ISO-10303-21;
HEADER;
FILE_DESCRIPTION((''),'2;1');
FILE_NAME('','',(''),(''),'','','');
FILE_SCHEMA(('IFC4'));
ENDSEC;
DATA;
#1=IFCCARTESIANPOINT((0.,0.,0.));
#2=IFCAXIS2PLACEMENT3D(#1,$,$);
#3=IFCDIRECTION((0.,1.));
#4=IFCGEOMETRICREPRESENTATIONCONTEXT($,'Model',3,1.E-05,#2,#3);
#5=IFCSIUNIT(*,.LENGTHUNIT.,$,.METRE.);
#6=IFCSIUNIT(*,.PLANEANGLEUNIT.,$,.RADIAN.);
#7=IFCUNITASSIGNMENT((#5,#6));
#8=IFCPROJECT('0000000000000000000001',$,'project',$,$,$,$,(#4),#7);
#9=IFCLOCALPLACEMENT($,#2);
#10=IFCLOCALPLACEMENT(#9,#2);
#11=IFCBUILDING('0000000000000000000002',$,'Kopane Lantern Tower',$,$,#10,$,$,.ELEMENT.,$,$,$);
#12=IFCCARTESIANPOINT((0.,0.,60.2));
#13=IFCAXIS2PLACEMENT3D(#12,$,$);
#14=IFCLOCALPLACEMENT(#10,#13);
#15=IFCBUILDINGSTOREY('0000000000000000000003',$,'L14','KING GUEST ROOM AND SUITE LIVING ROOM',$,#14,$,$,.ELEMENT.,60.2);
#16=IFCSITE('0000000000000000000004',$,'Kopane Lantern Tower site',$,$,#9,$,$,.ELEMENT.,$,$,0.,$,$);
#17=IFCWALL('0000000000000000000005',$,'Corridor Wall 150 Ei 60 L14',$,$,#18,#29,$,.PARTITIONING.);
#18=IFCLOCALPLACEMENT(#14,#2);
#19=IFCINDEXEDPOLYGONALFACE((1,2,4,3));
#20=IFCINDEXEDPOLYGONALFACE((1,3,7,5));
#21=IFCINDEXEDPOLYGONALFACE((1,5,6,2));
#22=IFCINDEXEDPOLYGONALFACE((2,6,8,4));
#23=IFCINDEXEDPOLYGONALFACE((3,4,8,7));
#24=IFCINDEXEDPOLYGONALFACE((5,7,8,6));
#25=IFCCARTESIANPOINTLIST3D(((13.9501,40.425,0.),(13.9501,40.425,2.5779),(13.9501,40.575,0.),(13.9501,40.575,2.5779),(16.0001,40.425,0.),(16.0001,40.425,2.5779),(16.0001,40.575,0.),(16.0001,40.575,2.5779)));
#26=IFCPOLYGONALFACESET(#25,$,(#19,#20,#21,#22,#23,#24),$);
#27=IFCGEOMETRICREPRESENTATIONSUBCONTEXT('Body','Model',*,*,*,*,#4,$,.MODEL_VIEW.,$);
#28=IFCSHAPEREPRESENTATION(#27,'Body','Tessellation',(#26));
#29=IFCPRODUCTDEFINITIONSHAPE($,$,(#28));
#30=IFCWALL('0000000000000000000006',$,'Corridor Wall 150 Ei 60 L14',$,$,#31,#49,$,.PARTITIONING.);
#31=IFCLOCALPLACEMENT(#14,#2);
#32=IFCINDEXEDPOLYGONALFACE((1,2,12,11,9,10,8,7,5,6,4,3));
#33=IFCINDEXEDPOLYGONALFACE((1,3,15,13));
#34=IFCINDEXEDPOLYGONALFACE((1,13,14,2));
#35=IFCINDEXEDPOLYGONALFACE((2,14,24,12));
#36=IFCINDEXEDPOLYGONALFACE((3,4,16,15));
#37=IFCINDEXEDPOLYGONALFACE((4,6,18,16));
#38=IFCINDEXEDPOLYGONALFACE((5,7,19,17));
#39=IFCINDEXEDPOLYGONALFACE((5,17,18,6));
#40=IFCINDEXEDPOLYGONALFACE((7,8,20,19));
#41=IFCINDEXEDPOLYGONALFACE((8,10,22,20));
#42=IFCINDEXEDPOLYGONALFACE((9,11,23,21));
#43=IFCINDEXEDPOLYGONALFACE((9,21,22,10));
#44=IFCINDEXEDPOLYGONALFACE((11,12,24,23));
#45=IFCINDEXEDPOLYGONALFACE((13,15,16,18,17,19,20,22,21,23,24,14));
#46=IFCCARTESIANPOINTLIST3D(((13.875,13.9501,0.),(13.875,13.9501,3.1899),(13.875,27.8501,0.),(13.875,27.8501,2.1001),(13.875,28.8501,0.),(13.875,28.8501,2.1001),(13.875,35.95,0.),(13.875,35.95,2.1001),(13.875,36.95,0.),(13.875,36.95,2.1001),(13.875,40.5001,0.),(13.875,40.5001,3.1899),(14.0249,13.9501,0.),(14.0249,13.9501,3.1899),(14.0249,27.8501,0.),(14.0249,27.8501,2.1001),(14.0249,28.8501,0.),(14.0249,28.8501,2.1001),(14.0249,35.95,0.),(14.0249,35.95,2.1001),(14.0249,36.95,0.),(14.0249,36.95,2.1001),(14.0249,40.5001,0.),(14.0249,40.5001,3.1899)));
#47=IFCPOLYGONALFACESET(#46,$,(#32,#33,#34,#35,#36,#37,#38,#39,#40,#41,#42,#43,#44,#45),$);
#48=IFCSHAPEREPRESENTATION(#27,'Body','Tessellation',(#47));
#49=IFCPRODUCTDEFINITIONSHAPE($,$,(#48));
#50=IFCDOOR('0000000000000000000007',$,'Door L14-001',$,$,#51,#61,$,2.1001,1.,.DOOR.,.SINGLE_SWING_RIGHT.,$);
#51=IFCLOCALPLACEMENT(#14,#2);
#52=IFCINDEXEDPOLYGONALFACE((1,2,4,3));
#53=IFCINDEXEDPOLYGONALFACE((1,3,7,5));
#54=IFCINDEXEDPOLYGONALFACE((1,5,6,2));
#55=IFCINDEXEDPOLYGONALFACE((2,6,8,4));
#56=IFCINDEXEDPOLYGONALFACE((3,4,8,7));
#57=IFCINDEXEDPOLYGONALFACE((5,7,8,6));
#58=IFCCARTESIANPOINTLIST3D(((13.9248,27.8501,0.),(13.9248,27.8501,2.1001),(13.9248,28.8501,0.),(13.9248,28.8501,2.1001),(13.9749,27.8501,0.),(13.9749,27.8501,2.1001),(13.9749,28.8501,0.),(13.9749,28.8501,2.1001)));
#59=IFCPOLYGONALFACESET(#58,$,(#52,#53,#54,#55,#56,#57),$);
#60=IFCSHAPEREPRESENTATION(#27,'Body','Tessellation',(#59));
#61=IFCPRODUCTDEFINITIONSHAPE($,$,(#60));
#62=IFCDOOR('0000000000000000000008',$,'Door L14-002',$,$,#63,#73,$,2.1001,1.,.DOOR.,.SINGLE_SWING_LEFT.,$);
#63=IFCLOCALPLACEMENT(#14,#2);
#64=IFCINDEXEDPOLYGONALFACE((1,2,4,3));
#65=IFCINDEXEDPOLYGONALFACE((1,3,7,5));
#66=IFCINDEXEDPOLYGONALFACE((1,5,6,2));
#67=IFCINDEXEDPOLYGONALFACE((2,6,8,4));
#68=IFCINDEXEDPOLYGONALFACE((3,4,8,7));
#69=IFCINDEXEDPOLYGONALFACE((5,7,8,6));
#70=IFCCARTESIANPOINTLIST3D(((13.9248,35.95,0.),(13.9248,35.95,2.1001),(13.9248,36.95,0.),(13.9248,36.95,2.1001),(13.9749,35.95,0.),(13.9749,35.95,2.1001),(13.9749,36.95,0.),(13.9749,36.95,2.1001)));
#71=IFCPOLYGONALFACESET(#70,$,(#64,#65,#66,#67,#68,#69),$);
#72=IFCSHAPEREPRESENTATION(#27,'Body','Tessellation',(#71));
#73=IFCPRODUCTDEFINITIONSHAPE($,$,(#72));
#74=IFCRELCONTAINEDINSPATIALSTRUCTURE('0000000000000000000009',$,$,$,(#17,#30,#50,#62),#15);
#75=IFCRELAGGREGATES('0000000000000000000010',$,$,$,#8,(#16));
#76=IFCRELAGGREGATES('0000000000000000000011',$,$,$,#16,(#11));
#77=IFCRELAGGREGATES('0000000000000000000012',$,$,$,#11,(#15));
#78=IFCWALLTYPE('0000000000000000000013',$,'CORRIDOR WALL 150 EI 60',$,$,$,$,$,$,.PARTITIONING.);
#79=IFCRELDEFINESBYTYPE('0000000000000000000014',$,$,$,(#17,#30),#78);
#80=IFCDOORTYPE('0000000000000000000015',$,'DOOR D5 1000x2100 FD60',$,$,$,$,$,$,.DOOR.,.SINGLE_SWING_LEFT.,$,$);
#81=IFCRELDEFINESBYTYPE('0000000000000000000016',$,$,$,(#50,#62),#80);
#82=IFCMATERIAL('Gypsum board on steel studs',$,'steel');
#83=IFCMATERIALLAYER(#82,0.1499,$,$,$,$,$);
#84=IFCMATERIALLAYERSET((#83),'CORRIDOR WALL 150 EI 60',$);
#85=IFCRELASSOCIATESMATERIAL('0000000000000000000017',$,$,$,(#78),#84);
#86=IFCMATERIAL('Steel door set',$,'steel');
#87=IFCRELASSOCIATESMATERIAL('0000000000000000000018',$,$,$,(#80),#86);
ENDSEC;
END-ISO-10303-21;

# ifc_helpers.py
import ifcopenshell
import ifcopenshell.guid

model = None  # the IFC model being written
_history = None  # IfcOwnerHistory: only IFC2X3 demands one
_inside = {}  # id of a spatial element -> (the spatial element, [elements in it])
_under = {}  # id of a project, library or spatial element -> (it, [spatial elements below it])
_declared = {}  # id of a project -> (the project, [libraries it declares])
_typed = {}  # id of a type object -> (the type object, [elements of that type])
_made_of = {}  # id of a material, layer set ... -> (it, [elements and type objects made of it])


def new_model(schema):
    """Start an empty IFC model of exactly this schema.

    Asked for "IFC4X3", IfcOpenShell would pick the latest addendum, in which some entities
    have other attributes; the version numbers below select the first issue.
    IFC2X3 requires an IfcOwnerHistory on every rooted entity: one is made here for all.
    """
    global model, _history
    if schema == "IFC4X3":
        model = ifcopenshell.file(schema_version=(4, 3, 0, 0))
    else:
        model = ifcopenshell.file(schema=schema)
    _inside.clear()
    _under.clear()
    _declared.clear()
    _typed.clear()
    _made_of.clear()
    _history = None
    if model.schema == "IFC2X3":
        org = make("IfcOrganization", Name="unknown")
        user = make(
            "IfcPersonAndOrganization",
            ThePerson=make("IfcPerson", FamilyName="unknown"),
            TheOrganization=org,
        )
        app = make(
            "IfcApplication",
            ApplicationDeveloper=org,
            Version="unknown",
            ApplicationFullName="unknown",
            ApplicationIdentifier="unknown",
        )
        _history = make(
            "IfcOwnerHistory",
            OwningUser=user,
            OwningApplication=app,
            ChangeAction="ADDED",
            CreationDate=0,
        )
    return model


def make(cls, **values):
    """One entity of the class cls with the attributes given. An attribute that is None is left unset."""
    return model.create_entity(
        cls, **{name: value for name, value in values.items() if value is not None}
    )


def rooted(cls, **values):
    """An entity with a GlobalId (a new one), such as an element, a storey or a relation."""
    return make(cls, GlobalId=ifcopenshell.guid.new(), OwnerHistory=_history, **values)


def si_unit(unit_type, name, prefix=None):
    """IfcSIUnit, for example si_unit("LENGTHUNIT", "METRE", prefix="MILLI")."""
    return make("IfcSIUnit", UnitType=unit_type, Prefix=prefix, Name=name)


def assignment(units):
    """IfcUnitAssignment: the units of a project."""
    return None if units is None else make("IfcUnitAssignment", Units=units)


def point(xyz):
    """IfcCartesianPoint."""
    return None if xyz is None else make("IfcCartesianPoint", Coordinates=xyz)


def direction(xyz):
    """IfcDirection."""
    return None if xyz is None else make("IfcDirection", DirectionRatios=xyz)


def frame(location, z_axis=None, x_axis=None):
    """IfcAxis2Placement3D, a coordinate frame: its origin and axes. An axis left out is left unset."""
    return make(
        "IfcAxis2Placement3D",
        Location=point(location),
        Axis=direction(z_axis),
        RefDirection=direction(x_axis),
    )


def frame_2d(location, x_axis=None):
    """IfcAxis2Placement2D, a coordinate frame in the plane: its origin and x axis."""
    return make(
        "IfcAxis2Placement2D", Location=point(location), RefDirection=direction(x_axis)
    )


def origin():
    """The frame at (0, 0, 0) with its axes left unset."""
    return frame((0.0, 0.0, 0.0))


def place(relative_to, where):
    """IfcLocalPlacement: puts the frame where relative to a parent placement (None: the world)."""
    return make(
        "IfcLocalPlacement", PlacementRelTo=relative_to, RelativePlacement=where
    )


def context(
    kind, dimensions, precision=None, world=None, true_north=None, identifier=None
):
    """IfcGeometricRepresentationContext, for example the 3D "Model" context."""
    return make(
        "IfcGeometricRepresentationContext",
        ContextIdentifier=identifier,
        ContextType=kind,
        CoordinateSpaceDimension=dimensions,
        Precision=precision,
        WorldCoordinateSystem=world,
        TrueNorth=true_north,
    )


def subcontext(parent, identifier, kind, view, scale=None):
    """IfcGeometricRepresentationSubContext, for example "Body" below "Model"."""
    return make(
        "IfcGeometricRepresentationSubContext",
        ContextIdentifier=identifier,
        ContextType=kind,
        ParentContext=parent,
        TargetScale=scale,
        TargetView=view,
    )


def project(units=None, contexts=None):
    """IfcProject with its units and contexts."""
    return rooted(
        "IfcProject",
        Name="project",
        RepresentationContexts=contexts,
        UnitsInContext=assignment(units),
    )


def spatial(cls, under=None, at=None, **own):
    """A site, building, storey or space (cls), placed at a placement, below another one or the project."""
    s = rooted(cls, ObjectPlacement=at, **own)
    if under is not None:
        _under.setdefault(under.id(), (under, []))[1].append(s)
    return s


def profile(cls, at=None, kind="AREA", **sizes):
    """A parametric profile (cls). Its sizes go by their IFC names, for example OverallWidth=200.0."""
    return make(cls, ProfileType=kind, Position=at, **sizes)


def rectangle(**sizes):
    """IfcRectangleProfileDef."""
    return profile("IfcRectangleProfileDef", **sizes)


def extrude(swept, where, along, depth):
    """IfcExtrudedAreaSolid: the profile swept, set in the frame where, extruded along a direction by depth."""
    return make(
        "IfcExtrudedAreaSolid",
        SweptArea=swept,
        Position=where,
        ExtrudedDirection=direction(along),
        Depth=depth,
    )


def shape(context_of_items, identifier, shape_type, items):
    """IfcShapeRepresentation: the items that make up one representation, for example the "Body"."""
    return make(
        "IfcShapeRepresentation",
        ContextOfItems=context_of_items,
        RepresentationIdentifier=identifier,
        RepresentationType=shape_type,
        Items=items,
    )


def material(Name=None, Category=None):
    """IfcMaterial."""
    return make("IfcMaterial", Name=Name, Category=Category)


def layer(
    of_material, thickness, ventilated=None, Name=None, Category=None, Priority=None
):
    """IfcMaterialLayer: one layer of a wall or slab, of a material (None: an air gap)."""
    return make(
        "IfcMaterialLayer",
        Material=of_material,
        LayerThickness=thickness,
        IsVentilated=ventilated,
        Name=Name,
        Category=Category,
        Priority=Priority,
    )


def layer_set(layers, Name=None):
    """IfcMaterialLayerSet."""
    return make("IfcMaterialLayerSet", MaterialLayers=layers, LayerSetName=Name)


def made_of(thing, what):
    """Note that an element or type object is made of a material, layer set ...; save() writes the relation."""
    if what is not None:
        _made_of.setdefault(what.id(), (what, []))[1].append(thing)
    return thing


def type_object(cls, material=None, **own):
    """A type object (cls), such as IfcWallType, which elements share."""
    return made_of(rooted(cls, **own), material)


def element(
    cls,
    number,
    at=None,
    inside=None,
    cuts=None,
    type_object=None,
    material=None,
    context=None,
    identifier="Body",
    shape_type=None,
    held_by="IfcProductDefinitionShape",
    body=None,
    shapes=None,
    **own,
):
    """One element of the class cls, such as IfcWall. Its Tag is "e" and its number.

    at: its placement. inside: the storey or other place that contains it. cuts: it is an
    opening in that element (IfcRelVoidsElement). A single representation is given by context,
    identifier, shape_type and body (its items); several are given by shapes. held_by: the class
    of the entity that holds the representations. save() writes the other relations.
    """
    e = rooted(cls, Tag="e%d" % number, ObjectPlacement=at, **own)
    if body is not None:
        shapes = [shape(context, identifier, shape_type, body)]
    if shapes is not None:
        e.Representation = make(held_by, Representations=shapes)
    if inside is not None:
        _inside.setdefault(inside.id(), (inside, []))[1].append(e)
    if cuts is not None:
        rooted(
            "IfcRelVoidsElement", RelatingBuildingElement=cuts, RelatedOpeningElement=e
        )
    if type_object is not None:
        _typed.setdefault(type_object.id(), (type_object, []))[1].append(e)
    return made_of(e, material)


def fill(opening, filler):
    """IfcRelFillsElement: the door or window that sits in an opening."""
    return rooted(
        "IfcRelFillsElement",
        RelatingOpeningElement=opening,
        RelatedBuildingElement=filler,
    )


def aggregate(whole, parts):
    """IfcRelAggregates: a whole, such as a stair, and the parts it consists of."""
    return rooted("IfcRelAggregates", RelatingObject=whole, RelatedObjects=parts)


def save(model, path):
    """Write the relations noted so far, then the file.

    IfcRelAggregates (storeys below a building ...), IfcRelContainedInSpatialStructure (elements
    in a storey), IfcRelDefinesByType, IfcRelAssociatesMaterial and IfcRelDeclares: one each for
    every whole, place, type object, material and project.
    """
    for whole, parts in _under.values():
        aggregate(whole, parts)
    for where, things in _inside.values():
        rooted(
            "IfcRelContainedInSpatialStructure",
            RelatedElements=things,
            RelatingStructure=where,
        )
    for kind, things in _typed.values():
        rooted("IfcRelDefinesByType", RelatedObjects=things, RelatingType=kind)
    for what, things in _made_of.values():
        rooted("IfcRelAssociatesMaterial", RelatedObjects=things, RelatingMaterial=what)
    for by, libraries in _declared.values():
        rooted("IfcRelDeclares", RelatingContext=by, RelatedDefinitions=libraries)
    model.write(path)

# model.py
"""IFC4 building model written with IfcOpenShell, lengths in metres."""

from ifc_helpers import new_model, si_unit, direction, frame, frame_2d, origin, place, context, subcontext, project, spatial, rectangle, extrude, material, layer, layer_set, type_object, element, fill, save


model = new_model("IFC4")

# Units and contexts
model_context = context("Model", 3, precision=1e-05, world=origin(), true_north=direction((0.0, 1.0)))
body_context = subcontext(model_context, "Body", "Model", "MODEL_VIEW")
ifc_project = project(units=[si_unit("LENGTHUNIT", "METRE"), si_unit("PLANEANGLEUNIT", "RADIAN")], contexts=[model_context])

# Site, building, storey
site_placement = place(None, origin())
site = spatial("IfcSite", under=ifc_project, at=site_placement, Name="Kopane Lantern Tower site", CompositionType="ELEMENT", RefElevation=0.0)
building_placement = place(site_placement, origin())
building = spatial("IfcBuilding", under=site, at=building_placement, Name="Kopane Lantern Tower", CompositionType="ELEMENT")
storey_placement = place(building_placement, frame((0.0, 0.0, 60.2)))
storey = spatial("IfcBuildingStorey", under=building, at=storey_placement, Name="L14", Description="KING GUEST ROOM AND SUITE LIVING ROOM", CompositionType="ELEMENT", Elevation=60.2)

# Shared definitions
ifc_material_1 = material(Name="Gypsum board on steel studs", Category="steel")
ifc_layer_1 = layer(ifc_material_1, 0.1499)
ifc_layer_set_1 = layer_set([ifc_layer_1], Name="CORRIDOR WALL 150 EI 60")
wall_type_1 = type_object("IfcWallType", Name="CORRIDOR WALL 150 EI 60", PredefinedType="PARTITIONING", material=ifc_layer_set_1)

# Wall
wall_1_placement = place(storey_placement, frame((16.0, 40.5, 0.0), z_axis=(0.0, 0.0, 1.0), x_axis=(-1.0, 0.0, 0.0)))
element("IfcWall", 1, at=wall_1_placement, inside=storey, type_object=wall_type_1, Name="Corridor Wall 150 Ei 60 L14", PredefinedType="PARTITIONING", context=body_context, shape_type="SweptSolid", body=[
    extrude(rectangle(XDim=2.05, YDim=0.1499, at=frame_2d((1.0249, 0.0))), origin(), (0.0, 0.0, 1.0), 2.5779),
])

# Wall, openings, doors
wall_2_placement = place(storey_placement, frame((13.95, 40.5, 0.0), z_axis=(0.0, 0.0, 1.0), x_axis=(0.0, -1.0, 0.0)))
wall_2 = element("IfcWall", 2, at=wall_2_placement, inside=storey, type_object=wall_type_1, Name="Corridor Wall 150 Ei 60 L14", PredefinedType="PARTITIONING", context=body_context, shape_type="SweptSolid", body=[
    extrude(rectangle(XDim=26.55, YDim=0.1499, at=frame_2d((13.2749, 0.0))), origin(), (0.0, 0.0, 1.0), 3.1899),
])
opening_1_placement = place(wall_2_placement, frame((11.6499, 0.0, 0.0)))
opening_1 = element("IfcOpeningElement", 3, at=opening_1_placement, cuts=wall_2, PredefinedType="OPENING", context=body_context, shape_type="SweptSolid", body=[
    extrude(rectangle(XDim=1.0, YDim=2.1001, at=frame_2d((0.5, 1.05))), frame((0.0, 0.085, 0.0), z_axis=(0.0, -1.0, 0.0), x_axis=(1.0, 0.0, 0.0)), (0.0, 0.0, 1.0), 0.1699),
])
opening_2_placement = place(wall_2_placement, frame((3.55, 0.0, 0.0)))
opening_2 = element("IfcOpeningElement", 4, at=opening_2_placement, cuts=wall_2, PredefinedType="OPENING", context=body_context, shape_type="SweptSolid", body=[
    extrude(rectangle(XDim=1.0, YDim=2.1001, at=frame_2d((0.5, 1.05))), frame((0.0, 0.085, 0.0), z_axis=(0.0, -1.0, 0.0), x_axis=(1.0, 0.0, 0.0)), (0.0, 0.0, 1.0), 0.1699),
])
ifc_material_2 = material(Name="Steel door set", Category="steel")
door_type_1 = type_object("IfcDoorType", Name="DOOR D5 1000x2100 FD60", OperationType="SINGLE_SWING_LEFT", PredefinedType="DOOR", material=ifc_material_2)
door_1_placement = place(opening_1_placement, origin())
door_1 = element("IfcDoor", 5, at=door_1_placement, inside=storey, type_object=door_type_1, Name="Door L14-001", OperationType="SINGLE_SWING_RIGHT", OverallHeight=2.1001, OverallWidth=1.0, PredefinedType="DOOR", context=body_context, shape_type="SweptSolid", body=[
    extrude(rectangle(XDim=1.0, YDim=2.1001, at=frame_2d((0.5, 1.05))), frame((0.0, 0.0249, 0.0), z_axis=(0.0, -1.0, 0.0), x_axis=(1.0, 0.0, 0.0)), (0.0, 0.0, 1.0), 0.05),
])
fill(opening_1, door_1)
door_2_placement = place(opening_2_placement, origin())
door_2 = element("IfcDoor", 6, at=door_2_placement, inside=storey, type_object=door_type_1, Name="Door L14-002", OperationType="SINGLE_SWING_LEFT", OverallHeight=2.1001, OverallWidth=1.0, PredefinedType="DOOR", context=body_context, shape_type="SweptSolid", body=[
    extrude(rectangle(XDim=1.0, YDim=2.1001, at=frame_2d((0.5, 1.05))), frame((0.0, 0.0249, 0.0), z_axis=(0.0, -1.0, 0.0), x_axis=(1.0, 0.0, 0.0)), (0.0, 0.0, 1.0), 0.05),
])
fill(opening_2, door_2)

save(model, "model.ifc")
